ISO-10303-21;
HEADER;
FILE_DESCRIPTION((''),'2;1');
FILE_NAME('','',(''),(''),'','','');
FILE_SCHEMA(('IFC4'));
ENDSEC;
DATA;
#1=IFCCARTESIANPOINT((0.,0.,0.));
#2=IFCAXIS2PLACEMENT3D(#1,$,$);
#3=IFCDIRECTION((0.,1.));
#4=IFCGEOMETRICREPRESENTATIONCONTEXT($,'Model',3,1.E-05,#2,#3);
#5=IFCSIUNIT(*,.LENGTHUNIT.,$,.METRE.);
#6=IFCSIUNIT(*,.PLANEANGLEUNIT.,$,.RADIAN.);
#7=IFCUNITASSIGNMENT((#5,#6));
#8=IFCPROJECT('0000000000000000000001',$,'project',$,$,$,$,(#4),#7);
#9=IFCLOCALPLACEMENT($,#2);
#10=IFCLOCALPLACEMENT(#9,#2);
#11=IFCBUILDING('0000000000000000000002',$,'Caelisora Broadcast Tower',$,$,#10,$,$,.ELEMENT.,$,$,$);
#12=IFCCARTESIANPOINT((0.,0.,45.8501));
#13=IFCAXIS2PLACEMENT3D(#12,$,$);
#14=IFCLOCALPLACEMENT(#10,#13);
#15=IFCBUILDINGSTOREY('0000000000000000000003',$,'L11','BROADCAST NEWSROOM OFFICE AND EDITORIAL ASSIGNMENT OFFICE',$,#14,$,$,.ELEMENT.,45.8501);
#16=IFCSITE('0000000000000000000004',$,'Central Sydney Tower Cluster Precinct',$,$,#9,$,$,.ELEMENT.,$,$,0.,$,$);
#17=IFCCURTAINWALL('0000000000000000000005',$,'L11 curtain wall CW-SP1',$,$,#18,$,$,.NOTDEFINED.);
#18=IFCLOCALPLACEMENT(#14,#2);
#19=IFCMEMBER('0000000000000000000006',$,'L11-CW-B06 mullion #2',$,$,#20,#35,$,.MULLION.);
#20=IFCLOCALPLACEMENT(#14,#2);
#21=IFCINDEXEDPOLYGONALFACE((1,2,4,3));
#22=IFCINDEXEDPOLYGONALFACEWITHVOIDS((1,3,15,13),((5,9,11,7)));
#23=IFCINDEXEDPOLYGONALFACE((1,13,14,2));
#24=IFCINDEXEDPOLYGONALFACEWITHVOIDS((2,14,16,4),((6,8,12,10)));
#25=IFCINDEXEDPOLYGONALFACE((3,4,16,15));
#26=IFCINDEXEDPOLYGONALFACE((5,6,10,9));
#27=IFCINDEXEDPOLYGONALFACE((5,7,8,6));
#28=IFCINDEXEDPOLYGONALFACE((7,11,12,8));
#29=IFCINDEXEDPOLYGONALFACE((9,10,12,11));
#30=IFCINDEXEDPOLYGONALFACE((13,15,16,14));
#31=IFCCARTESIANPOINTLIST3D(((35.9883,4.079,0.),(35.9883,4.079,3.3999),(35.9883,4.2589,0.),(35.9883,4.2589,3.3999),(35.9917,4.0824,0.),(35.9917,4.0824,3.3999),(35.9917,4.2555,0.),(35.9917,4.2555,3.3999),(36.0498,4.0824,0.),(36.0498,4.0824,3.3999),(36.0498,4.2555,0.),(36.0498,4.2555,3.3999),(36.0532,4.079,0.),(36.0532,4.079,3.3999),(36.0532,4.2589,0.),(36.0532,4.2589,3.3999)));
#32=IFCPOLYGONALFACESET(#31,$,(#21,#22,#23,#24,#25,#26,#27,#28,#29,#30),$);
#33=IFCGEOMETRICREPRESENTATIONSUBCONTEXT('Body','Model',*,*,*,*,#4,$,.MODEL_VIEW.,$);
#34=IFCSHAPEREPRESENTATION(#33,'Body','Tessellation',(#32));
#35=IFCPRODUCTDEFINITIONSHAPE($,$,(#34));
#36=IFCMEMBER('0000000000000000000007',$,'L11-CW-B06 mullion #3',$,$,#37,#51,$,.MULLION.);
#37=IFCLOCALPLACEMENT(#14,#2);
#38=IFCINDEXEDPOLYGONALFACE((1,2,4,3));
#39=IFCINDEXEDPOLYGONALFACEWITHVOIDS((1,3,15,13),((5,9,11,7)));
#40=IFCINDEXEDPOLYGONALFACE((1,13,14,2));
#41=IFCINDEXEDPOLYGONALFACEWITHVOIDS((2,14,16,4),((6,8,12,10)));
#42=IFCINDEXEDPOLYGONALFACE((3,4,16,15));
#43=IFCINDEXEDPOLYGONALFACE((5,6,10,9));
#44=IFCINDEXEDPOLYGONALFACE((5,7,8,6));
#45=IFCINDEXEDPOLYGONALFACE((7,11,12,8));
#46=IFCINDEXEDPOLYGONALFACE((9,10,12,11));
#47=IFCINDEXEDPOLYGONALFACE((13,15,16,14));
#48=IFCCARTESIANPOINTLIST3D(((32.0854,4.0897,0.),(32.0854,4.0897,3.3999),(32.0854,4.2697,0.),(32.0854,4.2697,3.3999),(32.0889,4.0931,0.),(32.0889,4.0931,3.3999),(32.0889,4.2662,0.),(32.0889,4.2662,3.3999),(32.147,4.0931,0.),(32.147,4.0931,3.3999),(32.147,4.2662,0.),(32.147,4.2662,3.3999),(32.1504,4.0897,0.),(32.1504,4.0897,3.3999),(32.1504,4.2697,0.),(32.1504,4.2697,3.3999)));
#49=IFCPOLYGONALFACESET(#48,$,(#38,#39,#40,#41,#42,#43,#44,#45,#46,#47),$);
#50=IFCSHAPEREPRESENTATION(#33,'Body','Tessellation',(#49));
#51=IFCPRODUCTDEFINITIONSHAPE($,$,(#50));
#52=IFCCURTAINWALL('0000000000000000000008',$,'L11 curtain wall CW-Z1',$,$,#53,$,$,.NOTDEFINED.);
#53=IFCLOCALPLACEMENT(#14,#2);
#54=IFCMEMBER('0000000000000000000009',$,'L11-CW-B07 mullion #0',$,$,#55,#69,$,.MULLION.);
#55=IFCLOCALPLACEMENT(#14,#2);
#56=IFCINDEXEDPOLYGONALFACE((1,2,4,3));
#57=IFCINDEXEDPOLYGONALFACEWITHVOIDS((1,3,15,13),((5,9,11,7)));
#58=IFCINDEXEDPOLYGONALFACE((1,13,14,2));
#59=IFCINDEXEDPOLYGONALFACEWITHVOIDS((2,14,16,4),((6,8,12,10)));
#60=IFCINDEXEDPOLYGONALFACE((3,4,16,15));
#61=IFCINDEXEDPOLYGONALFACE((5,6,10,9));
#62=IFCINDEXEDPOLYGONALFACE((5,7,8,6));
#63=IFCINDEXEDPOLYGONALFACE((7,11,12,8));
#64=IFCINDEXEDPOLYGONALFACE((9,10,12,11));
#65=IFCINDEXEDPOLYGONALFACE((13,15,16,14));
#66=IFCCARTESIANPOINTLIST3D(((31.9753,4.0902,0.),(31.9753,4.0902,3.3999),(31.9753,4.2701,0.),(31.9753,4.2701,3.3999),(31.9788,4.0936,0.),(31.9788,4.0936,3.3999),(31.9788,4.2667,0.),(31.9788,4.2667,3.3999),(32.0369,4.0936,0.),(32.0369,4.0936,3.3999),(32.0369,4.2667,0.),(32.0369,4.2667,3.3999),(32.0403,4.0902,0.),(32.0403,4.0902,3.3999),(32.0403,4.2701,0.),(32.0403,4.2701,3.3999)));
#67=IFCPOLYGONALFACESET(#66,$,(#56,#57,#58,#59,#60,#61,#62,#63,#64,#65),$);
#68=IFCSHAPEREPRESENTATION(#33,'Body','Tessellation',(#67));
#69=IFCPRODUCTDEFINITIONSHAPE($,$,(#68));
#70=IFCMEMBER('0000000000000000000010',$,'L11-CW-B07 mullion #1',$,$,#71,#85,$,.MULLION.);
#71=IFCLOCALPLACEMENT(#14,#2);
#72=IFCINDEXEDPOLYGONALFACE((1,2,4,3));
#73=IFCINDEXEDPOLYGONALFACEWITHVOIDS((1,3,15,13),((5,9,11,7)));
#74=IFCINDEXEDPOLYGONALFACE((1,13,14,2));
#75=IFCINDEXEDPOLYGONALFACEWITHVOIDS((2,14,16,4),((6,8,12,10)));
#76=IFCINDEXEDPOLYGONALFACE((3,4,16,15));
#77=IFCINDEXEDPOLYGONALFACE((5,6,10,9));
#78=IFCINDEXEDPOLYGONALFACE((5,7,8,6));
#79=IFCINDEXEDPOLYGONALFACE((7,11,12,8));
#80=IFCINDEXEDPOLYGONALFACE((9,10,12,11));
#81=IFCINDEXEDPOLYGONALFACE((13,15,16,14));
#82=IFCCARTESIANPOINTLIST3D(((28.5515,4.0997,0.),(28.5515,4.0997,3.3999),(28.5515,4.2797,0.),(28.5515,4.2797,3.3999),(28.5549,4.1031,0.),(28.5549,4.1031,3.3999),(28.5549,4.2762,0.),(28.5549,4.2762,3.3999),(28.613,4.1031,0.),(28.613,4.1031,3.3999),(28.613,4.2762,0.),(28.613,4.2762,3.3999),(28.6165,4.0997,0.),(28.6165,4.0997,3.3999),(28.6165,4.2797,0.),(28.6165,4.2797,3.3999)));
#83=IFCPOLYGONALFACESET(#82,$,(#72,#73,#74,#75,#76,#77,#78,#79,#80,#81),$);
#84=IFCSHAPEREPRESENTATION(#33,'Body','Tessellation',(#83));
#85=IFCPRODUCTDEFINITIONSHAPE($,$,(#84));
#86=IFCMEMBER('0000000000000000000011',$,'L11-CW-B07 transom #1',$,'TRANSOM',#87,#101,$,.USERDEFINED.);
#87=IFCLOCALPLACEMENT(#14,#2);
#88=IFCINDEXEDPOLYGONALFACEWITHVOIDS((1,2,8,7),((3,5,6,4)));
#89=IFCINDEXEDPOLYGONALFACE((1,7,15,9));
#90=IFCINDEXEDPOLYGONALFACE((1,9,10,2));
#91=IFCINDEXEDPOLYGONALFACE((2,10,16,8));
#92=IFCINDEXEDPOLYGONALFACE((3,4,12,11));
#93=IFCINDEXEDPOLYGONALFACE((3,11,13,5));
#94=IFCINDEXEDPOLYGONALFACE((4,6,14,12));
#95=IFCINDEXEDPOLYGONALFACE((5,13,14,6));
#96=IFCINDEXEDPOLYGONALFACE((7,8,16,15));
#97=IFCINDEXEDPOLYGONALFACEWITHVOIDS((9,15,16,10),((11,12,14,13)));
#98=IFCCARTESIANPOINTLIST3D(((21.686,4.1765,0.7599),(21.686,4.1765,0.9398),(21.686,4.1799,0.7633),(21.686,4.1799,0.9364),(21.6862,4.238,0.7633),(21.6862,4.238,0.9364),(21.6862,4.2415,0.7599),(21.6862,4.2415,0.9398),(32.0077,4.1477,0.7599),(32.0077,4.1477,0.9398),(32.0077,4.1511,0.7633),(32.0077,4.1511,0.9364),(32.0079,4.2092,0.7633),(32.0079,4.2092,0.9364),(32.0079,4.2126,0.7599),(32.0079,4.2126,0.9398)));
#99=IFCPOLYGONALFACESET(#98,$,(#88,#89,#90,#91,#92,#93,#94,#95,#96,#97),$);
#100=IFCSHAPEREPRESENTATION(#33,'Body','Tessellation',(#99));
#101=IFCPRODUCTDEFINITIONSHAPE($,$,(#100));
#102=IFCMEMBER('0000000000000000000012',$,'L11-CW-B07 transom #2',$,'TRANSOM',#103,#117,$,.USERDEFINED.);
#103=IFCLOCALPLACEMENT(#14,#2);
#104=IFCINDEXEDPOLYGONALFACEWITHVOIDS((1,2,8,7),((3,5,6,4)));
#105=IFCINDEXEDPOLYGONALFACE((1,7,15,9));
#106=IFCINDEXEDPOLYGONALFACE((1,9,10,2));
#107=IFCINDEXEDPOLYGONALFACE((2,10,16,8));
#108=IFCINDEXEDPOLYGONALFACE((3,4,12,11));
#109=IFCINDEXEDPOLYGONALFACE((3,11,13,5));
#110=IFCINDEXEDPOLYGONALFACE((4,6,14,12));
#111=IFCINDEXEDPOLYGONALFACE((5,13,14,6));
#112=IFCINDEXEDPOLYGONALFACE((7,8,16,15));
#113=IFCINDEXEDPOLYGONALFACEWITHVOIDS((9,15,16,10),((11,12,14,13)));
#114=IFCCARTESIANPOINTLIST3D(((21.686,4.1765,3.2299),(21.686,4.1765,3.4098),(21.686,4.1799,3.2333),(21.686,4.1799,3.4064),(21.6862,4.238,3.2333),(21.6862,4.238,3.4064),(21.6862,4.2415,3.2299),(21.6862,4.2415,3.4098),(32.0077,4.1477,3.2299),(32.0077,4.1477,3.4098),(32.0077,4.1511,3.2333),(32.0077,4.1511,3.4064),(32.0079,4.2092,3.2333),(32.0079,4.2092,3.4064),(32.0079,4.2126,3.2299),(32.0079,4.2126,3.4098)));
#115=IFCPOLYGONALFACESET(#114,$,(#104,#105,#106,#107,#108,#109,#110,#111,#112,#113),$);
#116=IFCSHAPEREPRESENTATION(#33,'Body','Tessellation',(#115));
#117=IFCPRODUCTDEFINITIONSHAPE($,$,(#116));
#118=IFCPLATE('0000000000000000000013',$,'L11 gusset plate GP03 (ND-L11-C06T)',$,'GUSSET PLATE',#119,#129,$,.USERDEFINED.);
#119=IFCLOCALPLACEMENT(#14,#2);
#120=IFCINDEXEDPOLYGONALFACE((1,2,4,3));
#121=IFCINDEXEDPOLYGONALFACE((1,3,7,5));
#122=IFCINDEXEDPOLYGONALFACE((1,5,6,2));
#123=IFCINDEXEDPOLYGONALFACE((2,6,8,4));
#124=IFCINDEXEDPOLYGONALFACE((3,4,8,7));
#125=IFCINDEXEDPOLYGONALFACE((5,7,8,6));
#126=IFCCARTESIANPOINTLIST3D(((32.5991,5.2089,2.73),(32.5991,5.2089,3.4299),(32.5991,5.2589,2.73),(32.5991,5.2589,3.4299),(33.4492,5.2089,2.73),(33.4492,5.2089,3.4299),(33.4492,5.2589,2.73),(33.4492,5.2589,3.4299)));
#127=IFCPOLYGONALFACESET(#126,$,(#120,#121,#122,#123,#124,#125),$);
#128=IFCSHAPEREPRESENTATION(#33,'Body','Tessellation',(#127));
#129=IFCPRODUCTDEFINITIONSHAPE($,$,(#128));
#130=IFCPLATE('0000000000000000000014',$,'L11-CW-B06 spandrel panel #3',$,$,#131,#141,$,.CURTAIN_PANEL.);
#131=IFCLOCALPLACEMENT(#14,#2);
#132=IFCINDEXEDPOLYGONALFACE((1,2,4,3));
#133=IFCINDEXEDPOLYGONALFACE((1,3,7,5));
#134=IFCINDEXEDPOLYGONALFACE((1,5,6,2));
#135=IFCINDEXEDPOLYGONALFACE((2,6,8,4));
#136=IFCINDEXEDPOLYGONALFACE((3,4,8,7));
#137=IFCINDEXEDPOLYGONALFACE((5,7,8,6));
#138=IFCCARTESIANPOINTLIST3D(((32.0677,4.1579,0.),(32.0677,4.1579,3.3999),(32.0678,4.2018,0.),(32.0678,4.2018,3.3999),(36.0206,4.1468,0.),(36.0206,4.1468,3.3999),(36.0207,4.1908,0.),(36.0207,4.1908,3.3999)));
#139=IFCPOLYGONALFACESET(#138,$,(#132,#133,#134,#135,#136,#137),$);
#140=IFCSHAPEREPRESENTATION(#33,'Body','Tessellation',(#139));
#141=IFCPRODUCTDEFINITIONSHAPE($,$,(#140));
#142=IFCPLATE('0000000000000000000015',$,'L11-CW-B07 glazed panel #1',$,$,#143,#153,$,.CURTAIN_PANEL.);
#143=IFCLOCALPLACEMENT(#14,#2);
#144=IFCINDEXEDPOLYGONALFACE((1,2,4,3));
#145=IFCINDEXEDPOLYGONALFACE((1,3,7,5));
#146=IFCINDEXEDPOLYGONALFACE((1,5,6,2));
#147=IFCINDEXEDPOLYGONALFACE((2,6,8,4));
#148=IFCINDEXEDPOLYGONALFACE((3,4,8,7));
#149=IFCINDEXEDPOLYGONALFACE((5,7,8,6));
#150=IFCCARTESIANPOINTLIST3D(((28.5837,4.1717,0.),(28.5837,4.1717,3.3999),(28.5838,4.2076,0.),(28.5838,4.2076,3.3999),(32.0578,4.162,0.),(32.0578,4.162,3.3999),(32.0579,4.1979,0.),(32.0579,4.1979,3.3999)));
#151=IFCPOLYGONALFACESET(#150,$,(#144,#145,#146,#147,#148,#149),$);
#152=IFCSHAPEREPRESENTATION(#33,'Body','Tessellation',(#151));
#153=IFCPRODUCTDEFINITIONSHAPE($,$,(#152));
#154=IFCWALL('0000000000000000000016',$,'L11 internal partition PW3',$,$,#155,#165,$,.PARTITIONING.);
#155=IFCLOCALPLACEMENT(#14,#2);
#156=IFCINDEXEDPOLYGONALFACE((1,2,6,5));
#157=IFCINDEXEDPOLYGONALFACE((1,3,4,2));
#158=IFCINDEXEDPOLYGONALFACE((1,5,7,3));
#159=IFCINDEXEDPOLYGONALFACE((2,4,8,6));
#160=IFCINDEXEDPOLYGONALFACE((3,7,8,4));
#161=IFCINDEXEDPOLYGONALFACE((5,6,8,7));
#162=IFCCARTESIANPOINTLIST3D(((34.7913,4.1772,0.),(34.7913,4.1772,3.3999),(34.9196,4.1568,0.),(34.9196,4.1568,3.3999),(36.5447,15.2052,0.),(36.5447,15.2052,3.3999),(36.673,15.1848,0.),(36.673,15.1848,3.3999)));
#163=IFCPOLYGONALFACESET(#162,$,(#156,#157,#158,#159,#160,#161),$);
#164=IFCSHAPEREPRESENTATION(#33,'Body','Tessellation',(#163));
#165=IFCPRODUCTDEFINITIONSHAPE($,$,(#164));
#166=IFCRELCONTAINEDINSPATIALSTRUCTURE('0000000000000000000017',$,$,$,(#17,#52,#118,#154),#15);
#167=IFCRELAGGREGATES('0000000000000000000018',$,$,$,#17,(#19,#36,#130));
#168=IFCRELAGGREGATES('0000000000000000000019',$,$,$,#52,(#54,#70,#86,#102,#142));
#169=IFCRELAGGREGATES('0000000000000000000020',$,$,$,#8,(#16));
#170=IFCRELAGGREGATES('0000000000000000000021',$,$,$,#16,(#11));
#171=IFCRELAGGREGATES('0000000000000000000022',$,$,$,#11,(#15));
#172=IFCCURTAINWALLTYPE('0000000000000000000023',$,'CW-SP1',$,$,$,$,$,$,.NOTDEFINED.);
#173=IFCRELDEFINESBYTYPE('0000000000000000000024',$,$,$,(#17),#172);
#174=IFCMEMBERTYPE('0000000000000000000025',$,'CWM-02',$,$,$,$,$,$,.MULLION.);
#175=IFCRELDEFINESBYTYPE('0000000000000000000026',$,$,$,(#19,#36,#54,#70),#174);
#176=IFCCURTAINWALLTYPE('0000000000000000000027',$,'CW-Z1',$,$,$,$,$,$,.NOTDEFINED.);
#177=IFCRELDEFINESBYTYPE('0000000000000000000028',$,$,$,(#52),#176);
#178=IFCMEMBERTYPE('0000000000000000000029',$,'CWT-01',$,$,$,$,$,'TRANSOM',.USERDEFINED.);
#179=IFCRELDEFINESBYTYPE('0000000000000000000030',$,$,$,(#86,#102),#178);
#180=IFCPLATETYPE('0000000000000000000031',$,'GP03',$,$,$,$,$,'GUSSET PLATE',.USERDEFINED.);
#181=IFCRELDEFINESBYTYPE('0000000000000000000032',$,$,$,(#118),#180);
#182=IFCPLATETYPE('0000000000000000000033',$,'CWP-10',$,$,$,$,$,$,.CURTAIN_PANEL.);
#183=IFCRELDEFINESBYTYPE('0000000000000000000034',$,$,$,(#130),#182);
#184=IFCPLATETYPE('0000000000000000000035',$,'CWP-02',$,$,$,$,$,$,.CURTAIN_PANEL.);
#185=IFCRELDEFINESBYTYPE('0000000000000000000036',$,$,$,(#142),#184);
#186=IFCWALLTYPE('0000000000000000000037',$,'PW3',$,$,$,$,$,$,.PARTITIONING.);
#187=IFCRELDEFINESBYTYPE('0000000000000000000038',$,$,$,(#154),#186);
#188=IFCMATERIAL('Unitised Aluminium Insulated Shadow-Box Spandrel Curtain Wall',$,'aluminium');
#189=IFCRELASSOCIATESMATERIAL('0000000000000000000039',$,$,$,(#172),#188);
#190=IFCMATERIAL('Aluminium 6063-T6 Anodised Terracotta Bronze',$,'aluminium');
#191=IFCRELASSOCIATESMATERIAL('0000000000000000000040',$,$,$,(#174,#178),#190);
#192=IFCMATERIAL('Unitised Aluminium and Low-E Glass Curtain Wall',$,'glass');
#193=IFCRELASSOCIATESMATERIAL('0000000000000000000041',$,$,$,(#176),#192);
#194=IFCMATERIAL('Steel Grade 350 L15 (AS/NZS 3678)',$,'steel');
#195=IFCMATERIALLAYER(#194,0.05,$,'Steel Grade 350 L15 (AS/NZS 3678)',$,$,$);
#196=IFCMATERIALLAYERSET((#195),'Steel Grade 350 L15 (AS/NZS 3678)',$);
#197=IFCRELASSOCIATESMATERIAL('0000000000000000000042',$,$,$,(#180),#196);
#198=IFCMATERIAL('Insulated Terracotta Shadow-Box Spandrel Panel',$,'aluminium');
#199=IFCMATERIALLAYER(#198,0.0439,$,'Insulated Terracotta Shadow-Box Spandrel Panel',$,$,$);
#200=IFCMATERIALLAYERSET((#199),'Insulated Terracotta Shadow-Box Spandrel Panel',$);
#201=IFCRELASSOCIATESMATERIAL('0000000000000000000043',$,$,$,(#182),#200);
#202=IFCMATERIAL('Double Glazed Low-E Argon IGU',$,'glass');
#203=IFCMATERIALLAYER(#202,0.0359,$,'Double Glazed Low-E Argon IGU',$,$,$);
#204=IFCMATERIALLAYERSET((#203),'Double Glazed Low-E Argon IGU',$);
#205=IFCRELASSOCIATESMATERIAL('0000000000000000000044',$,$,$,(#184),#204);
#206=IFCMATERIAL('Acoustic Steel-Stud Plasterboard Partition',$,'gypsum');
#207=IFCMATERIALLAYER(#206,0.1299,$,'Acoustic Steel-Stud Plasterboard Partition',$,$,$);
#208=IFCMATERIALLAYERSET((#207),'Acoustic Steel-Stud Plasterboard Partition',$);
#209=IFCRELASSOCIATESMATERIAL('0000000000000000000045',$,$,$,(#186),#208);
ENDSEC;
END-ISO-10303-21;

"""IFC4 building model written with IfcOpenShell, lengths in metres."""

from ifc_helpers import new_model, si_unit, direction, frame, frame_2d, origin, origin_2d, place, context, subcontext, project, spatial, rectangle, hollow_rectangle, extrude, source, transform, mapped, material, layer, layer_set, material_profile, profile_set, type_object, type_shapes, element, aggregate, save


model = new_model("IFC4")

# Units and contexts
model_context = context("Model", 3, precision=1e-05, world=origin(), true_north=direction((0.0, 1.0)))
body_context = subcontext(model_context, "Body", "Model", "MODEL_VIEW")
ifc_project = project(units=[si_unit("LENGTHUNIT", "METRE"), si_unit("PLANEANGLEUNIT", "RADIAN")], contexts=[model_context])

# Site, building, storey
site_placement = place(None, origin())
site = spatial("IfcSite", under=ifc_project, at=site_placement, Name="Central Sydney Tower Cluster Precinct", CompositionType="ELEMENT", RefElevation=0.0)
building_placement = place(site_placement, origin())
building = spatial("IfcBuilding", under=site, at=building_placement, Name="Caelisora Broadcast Tower", CompositionType="ELEMENT")
storey_placement = place(building_placement, frame((0.0, 0.0, 45.8501)))
storey = spatial("IfcBuildingStorey", under=building, at=storey_placement, Name="L11", Description="BROADCAST NEWSROOM OFFICE AND EDITORIAL ASSIGNMENT OFFICE", CompositionType="ELEMENT", Elevation=45.8501)

# Shared definitions
ifc_material_1 = material(Name="Steel Grade 350 L15 (AS/NZS 3678)", Category="steel")

# Curtain walls, members
ifc_material_2 = material(Name="Unitised Aluminium Insulated Shadow-Box Spandrel Curtain Wall", Category="aluminium")
curtain_wall_type_1 = type_object("IfcCurtainWallType", Name="CW-SP1", PredefinedType="NOTDEFINED", material=ifc_material_2)
curtain_wall_1_placement = place(storey_placement, origin())
curtain_wall_1 = element("IfcCurtainWall", 1, at=curtain_wall_1_placement, inside=storey, type_object=curtain_wall_type_1, Name="L11 curtain wall CW-SP1", PredefinedType="NOTDEFINED")
ifc_material_3 = material(Name="Aluminium 6063-T6 Anodised Terracotta Bronze", Category="aluminium")
ifc_material_profile_1 = material_profile(ifc_material_3, hollow_rectangle(XDim=0.0649, YDim=0.1799, WallThickness=0.0034, at=origin_2d()), Name="Aluminium 6063-T6 Anodised Terracotta Bronze")
ifc_profile_set_1 = profile_set([ifc_material_profile_1], Name="Aluminium 6063-T6 Anodised Terracotta Bronze")
member_type_1 = type_object("IfcMemberType", Name="CWM-02", PredefinedType="MULLION", material=ifc_profile_set_1)
shared_shape_1 = source(origin(), body_context, "Body", "SweptSolid", [
    extrude(hollow_rectangle(XDim=0.0649, YDim=0.1799, WallThickness=0.0034, at=origin_2d()), origin(), (0.0, 0.0, 1.0), 3.3999),
])
type_shapes(member_type_1, [shared_shape_1])
member_1_placement = place(storey_placement, frame((36.0208, 4.1689, 0.0), z_axis=(0.0, 0.0, 1.0), x_axis=(1.0, 0.0, 0.0)))
member_1 = element("IfcMember", 2, at=member_1_placement, type_object=member_type_1, Name="L11-CW-B06 mullion #2", PredefinedType="MULLION", context=body_context, shape_type="MappedRepresentation", body=[
    mapped(shared_shape_1, transform((0.0, 0.0, 0.0), scale=1.0)),
])
member_2_placement = place(storey_placement, frame((32.1179, 4.1797, 0.0), z_axis=(0.0, 0.0, 1.0), x_axis=(1.0, 0.0, 0.0)))
member_2 = element("IfcMember", 3, at=member_2_placement, type_object=member_type_1, Name="L11-CW-B06 mullion #3", PredefinedType="MULLION", context=body_context, shape_type="MappedRepresentation", body=[
    mapped(shared_shape_1, transform((0.0, 0.0, 0.0), scale=1.0)),
])
ifc_material_4 = material(Name="Unitised Aluminium and Low-E Glass Curtain Wall", Category="glass")
curtain_wall_type_2 = type_object("IfcCurtainWallType", Name="CW-Z1", PredefinedType="NOTDEFINED", material=ifc_material_4)
curtain_wall_2_placement = place(storey_placement, origin())
curtain_wall_2 = element("IfcCurtainWall", 4, at=curtain_wall_2_placement, inside=storey, type_object=curtain_wall_type_2, Name="L11 curtain wall CW-Z1", PredefinedType="NOTDEFINED")
member_3_placement = place(storey_placement, frame((32.0078, 4.1802, 0.0), z_axis=(0.0, 0.0, 1.0), x_axis=(1.0, 0.0, 0.0)))
member_3 = element("IfcMember", 5, at=member_3_placement, type_object=member_type_1, Name="L11-CW-B07 mullion #0", PredefinedType="MULLION", context=body_context, shape_type="MappedRepresentation", body=[
    mapped(shared_shape_1, transform((0.0, 0.0, 0.0), scale=1.0)),
])
member_4_placement = place(storey_placement, frame((28.584, 4.1897, 0.0), z_axis=(0.0, 0.0, 1.0), x_axis=(1.0, 0.0, 0.0)))
member_4 = element("IfcMember", 6, at=member_4_placement, type_object=member_type_1, Name="L11-CW-B07 mullion #1", PredefinedType="MULLION", context=body_context, shape_type="MappedRepresentation", body=[
    mapped(shared_shape_1, transform((0.0, 0.0, 0.0), scale=1.0)),
])
ifc_material_profile_2 = material_profile(ifc_material_3, hollow_rectangle(XDim=0.0649, YDim=0.1799, WallThickness=0.0034, at=origin_2d()), Name="Aluminium 6063-T6 Anodised Terracotta Bronze")
ifc_profile_set_2 = profile_set([ifc_material_profile_2], Name="Aluminium 6063-T6 Anodised Terracotta Bronze")
member_type_2 = type_object("IfcMemberType", Name="CWT-01", ElementType="TRANSOM", PredefinedType="USERDEFINED", material=ifc_profile_set_2)
shared_shape_2 = source(origin(), body_context, "Body", "SweptSolid", [
    extrude(hollow_rectangle(XDim=0.0649, YDim=0.1799, WallThickness=0.0034, at=origin_2d()), origin(), (0.0, 0.0, 1.0), 10.3218),
])
type_shapes(member_type_2, [shared_shape_2])
member_5_placement = place(storey_placement, frame((32.0078, 4.1802, 0.8499), z_axis=(-0.999996, 0.002791, 0.0), x_axis=(-0.002791, -0.999996, 0.0)))
member_5 = element("IfcMember", 7, at=member_5_placement, type_object=member_type_2, Name="L11-CW-B07 transom #1", ObjectType="TRANSOM", PredefinedType="USERDEFINED", context=body_context, shape_type="MappedRepresentation", body=[
    mapped(shared_shape_2, transform((0.0, 0.0, 0.0), scale=1.0)),
])
member_6_placement = place(storey_placement, frame((32.0078, 4.1802, 3.3198), z_axis=(-0.999996, 0.002791, 0.0), x_axis=(-0.002791, -0.999996, 0.0)))
member_6 = element("IfcMember", 8, at=member_6_placement, type_object=member_type_2, Name="L11-CW-B07 transom #2", ObjectType="TRANSOM", PredefinedType="USERDEFINED", context=body_context, shape_type="MappedRepresentation", body=[
    mapped(shared_shape_2, transform((0.0, 0.0, 0.0), scale=1.0)),
])

# Plates
ifc_layer_1 = layer(ifc_material_1, 0.05, Name="Steel Grade 350 L15 (AS/NZS 3678)")
ifc_layer_set_1 = layer_set([ifc_layer_1], Name="Steel Grade 350 L15 (AS/NZS 3678)")
plate_type_1 = type_object("IfcPlateType", Name="GP03", ElementType="GUSSET PLATE", PredefinedType="USERDEFINED", material=ifc_layer_set_1)
shared_shape_3 = source(origin(), body_context, "Body", "SweptSolid", [
    extrude(rectangle(XDim=0.8501, YDim=0.05, at=origin_2d()), origin(), (0.0, 0.0, 1.0), 0.7),
])
type_shapes(plate_type_1, [shared_shape_3])
plate_1_placement = place(storey_placement, frame((33.0242, 5.2339, 2.73), z_axis=(0.0, 0.0, 1.0), x_axis=(1.0, 0.0, 0.0)))
element("IfcPlate", 9, at=plate_1_placement, inside=storey, type_object=plate_type_1, Name="L11 gusset plate GP03 (ND-L11-C06T)", ObjectType="GUSSET PLATE", PredefinedType="USERDEFINED", context=body_context, shape_type="MappedRepresentation", body=[
    mapped(shared_shape_3, transform((0.0, 0.0, 0.0), scale=1.0)),
])
ifc_material_5 = material(Name="Insulated Terracotta Shadow-Box Spandrel Panel", Category="aluminium")
ifc_layer_2 = layer(ifc_material_5, 0.0439, Name="Insulated Terracotta Shadow-Box Spandrel Panel")
ifc_layer_set_2 = layer_set([ifc_layer_2], Name="Insulated Terracotta Shadow-Box Spandrel Panel")
plate_type_2 = type_object("IfcPlateType", Name="CWP-10", PredefinedType="CURTAIN_PANEL", material=ifc_layer_set_2)
shared_shape_4 = source(origin(), body_context, "Body", "SweptSolid", [
    extrude(rectangle(XDim=3.9529, YDim=0.0439, at=origin_2d()), origin(), (0.0, 0.0, 1.0), 3.3999),
])
type_shapes(plate_type_2, [shared_shape_4])
plate_2_placement = place(storey_placement, frame((34.0442, 4.1743, 0.0), z_axis=(0.0, 0.0, 1.0), x_axis=(-0.999996, 0.002793, 0.0)))
plate_2 = element("IfcPlate", 10, at=plate_2_placement, type_object=plate_type_2, Name="L11-CW-B06 spandrel panel #3", PredefinedType="CURTAIN_PANEL", context=body_context, shape_type="MappedRepresentation", body=[
    mapped(shared_shape_4, transform((0.0, 0.0, 0.0), scale=1.0)),
])
aggregate(curtain_wall_1, [member_1, member_2, plate_2])
ifc_material_6 = material(Name="Double Glazed Low-E Argon IGU", Category="glass")
ifc_layer_3 = layer(ifc_material_6, 0.0359, Name="Double Glazed Low-E Argon IGU")
ifc_layer_set_3 = layer_set([ifc_layer_3], Name="Double Glazed Low-E Argon IGU")
plate_type_3 = type_object("IfcPlateType", Name="CWP-02", PredefinedType="CURTAIN_PANEL", material=ifc_layer_set_3)
shared_shape_5 = source(origin(), body_context, "Body", "SweptSolid", [
    extrude(rectangle(XDim=3.4741, YDim=0.0359, at=origin_2d()), origin(), (0.0, 0.0, 1.0), 3.3999),
])
type_shapes(plate_type_3, [shared_shape_5])
plate_3_placement = place(storey_placement, frame((30.3208, 4.1848, 0.0), z_axis=(0.0, 0.0, 1.0), x_axis=(-0.999996, 0.002793, 0.0)))
plate_3 = element("IfcPlate", 11, at=plate_3_placement, type_object=plate_type_3, Name="L11-CW-B07 glazed panel #1", PredefinedType="CURTAIN_PANEL", context=body_context, shape_type="MappedRepresentation", body=[
    mapped(shared_shape_5, transform((0.0, 0.0, 0.0), scale=1.0)),
])
aggregate(curtain_wall_2, [member_3, member_4, member_5, member_6, plate_3])

# Wall
ifc_material_7 = material(Name="Acoustic Steel-Stud Plasterboard Partition", Category="gypsum")
ifc_layer_4 = layer(ifc_material_7, 0.1299, Name="Acoustic Steel-Stud Plasterboard Partition")
ifc_layer_set_4 = layer_set([ifc_layer_4], Name="Acoustic Steel-Stud Plasterboard Partition")
wall_type = type_object("IfcWallType", Name="PW3", PredefinedType="PARTITIONING", material=ifc_layer_set_4)
wall_1_placement = place(storey_placement, frame((34.8555, 4.167, 0.0), z_axis=(0.0, 0.0, 1.0), x_axis=(0.157023, 0.987595, 0.0)))
element("IfcWall", 12, at=wall_1_placement, inside=storey, type_object=wall_type, Name="L11 internal partition PW3", PredefinedType="PARTITIONING", context=body_context, shape_type="SweptSolid", body=[
    extrude(rectangle(XDim=11.1665, YDim=0.1299, at=frame_2d((5.5833, 0.0))), origin(), (0.0, 0.0, 1.0), 3.3999),
])

save(model, "model.ifc")
